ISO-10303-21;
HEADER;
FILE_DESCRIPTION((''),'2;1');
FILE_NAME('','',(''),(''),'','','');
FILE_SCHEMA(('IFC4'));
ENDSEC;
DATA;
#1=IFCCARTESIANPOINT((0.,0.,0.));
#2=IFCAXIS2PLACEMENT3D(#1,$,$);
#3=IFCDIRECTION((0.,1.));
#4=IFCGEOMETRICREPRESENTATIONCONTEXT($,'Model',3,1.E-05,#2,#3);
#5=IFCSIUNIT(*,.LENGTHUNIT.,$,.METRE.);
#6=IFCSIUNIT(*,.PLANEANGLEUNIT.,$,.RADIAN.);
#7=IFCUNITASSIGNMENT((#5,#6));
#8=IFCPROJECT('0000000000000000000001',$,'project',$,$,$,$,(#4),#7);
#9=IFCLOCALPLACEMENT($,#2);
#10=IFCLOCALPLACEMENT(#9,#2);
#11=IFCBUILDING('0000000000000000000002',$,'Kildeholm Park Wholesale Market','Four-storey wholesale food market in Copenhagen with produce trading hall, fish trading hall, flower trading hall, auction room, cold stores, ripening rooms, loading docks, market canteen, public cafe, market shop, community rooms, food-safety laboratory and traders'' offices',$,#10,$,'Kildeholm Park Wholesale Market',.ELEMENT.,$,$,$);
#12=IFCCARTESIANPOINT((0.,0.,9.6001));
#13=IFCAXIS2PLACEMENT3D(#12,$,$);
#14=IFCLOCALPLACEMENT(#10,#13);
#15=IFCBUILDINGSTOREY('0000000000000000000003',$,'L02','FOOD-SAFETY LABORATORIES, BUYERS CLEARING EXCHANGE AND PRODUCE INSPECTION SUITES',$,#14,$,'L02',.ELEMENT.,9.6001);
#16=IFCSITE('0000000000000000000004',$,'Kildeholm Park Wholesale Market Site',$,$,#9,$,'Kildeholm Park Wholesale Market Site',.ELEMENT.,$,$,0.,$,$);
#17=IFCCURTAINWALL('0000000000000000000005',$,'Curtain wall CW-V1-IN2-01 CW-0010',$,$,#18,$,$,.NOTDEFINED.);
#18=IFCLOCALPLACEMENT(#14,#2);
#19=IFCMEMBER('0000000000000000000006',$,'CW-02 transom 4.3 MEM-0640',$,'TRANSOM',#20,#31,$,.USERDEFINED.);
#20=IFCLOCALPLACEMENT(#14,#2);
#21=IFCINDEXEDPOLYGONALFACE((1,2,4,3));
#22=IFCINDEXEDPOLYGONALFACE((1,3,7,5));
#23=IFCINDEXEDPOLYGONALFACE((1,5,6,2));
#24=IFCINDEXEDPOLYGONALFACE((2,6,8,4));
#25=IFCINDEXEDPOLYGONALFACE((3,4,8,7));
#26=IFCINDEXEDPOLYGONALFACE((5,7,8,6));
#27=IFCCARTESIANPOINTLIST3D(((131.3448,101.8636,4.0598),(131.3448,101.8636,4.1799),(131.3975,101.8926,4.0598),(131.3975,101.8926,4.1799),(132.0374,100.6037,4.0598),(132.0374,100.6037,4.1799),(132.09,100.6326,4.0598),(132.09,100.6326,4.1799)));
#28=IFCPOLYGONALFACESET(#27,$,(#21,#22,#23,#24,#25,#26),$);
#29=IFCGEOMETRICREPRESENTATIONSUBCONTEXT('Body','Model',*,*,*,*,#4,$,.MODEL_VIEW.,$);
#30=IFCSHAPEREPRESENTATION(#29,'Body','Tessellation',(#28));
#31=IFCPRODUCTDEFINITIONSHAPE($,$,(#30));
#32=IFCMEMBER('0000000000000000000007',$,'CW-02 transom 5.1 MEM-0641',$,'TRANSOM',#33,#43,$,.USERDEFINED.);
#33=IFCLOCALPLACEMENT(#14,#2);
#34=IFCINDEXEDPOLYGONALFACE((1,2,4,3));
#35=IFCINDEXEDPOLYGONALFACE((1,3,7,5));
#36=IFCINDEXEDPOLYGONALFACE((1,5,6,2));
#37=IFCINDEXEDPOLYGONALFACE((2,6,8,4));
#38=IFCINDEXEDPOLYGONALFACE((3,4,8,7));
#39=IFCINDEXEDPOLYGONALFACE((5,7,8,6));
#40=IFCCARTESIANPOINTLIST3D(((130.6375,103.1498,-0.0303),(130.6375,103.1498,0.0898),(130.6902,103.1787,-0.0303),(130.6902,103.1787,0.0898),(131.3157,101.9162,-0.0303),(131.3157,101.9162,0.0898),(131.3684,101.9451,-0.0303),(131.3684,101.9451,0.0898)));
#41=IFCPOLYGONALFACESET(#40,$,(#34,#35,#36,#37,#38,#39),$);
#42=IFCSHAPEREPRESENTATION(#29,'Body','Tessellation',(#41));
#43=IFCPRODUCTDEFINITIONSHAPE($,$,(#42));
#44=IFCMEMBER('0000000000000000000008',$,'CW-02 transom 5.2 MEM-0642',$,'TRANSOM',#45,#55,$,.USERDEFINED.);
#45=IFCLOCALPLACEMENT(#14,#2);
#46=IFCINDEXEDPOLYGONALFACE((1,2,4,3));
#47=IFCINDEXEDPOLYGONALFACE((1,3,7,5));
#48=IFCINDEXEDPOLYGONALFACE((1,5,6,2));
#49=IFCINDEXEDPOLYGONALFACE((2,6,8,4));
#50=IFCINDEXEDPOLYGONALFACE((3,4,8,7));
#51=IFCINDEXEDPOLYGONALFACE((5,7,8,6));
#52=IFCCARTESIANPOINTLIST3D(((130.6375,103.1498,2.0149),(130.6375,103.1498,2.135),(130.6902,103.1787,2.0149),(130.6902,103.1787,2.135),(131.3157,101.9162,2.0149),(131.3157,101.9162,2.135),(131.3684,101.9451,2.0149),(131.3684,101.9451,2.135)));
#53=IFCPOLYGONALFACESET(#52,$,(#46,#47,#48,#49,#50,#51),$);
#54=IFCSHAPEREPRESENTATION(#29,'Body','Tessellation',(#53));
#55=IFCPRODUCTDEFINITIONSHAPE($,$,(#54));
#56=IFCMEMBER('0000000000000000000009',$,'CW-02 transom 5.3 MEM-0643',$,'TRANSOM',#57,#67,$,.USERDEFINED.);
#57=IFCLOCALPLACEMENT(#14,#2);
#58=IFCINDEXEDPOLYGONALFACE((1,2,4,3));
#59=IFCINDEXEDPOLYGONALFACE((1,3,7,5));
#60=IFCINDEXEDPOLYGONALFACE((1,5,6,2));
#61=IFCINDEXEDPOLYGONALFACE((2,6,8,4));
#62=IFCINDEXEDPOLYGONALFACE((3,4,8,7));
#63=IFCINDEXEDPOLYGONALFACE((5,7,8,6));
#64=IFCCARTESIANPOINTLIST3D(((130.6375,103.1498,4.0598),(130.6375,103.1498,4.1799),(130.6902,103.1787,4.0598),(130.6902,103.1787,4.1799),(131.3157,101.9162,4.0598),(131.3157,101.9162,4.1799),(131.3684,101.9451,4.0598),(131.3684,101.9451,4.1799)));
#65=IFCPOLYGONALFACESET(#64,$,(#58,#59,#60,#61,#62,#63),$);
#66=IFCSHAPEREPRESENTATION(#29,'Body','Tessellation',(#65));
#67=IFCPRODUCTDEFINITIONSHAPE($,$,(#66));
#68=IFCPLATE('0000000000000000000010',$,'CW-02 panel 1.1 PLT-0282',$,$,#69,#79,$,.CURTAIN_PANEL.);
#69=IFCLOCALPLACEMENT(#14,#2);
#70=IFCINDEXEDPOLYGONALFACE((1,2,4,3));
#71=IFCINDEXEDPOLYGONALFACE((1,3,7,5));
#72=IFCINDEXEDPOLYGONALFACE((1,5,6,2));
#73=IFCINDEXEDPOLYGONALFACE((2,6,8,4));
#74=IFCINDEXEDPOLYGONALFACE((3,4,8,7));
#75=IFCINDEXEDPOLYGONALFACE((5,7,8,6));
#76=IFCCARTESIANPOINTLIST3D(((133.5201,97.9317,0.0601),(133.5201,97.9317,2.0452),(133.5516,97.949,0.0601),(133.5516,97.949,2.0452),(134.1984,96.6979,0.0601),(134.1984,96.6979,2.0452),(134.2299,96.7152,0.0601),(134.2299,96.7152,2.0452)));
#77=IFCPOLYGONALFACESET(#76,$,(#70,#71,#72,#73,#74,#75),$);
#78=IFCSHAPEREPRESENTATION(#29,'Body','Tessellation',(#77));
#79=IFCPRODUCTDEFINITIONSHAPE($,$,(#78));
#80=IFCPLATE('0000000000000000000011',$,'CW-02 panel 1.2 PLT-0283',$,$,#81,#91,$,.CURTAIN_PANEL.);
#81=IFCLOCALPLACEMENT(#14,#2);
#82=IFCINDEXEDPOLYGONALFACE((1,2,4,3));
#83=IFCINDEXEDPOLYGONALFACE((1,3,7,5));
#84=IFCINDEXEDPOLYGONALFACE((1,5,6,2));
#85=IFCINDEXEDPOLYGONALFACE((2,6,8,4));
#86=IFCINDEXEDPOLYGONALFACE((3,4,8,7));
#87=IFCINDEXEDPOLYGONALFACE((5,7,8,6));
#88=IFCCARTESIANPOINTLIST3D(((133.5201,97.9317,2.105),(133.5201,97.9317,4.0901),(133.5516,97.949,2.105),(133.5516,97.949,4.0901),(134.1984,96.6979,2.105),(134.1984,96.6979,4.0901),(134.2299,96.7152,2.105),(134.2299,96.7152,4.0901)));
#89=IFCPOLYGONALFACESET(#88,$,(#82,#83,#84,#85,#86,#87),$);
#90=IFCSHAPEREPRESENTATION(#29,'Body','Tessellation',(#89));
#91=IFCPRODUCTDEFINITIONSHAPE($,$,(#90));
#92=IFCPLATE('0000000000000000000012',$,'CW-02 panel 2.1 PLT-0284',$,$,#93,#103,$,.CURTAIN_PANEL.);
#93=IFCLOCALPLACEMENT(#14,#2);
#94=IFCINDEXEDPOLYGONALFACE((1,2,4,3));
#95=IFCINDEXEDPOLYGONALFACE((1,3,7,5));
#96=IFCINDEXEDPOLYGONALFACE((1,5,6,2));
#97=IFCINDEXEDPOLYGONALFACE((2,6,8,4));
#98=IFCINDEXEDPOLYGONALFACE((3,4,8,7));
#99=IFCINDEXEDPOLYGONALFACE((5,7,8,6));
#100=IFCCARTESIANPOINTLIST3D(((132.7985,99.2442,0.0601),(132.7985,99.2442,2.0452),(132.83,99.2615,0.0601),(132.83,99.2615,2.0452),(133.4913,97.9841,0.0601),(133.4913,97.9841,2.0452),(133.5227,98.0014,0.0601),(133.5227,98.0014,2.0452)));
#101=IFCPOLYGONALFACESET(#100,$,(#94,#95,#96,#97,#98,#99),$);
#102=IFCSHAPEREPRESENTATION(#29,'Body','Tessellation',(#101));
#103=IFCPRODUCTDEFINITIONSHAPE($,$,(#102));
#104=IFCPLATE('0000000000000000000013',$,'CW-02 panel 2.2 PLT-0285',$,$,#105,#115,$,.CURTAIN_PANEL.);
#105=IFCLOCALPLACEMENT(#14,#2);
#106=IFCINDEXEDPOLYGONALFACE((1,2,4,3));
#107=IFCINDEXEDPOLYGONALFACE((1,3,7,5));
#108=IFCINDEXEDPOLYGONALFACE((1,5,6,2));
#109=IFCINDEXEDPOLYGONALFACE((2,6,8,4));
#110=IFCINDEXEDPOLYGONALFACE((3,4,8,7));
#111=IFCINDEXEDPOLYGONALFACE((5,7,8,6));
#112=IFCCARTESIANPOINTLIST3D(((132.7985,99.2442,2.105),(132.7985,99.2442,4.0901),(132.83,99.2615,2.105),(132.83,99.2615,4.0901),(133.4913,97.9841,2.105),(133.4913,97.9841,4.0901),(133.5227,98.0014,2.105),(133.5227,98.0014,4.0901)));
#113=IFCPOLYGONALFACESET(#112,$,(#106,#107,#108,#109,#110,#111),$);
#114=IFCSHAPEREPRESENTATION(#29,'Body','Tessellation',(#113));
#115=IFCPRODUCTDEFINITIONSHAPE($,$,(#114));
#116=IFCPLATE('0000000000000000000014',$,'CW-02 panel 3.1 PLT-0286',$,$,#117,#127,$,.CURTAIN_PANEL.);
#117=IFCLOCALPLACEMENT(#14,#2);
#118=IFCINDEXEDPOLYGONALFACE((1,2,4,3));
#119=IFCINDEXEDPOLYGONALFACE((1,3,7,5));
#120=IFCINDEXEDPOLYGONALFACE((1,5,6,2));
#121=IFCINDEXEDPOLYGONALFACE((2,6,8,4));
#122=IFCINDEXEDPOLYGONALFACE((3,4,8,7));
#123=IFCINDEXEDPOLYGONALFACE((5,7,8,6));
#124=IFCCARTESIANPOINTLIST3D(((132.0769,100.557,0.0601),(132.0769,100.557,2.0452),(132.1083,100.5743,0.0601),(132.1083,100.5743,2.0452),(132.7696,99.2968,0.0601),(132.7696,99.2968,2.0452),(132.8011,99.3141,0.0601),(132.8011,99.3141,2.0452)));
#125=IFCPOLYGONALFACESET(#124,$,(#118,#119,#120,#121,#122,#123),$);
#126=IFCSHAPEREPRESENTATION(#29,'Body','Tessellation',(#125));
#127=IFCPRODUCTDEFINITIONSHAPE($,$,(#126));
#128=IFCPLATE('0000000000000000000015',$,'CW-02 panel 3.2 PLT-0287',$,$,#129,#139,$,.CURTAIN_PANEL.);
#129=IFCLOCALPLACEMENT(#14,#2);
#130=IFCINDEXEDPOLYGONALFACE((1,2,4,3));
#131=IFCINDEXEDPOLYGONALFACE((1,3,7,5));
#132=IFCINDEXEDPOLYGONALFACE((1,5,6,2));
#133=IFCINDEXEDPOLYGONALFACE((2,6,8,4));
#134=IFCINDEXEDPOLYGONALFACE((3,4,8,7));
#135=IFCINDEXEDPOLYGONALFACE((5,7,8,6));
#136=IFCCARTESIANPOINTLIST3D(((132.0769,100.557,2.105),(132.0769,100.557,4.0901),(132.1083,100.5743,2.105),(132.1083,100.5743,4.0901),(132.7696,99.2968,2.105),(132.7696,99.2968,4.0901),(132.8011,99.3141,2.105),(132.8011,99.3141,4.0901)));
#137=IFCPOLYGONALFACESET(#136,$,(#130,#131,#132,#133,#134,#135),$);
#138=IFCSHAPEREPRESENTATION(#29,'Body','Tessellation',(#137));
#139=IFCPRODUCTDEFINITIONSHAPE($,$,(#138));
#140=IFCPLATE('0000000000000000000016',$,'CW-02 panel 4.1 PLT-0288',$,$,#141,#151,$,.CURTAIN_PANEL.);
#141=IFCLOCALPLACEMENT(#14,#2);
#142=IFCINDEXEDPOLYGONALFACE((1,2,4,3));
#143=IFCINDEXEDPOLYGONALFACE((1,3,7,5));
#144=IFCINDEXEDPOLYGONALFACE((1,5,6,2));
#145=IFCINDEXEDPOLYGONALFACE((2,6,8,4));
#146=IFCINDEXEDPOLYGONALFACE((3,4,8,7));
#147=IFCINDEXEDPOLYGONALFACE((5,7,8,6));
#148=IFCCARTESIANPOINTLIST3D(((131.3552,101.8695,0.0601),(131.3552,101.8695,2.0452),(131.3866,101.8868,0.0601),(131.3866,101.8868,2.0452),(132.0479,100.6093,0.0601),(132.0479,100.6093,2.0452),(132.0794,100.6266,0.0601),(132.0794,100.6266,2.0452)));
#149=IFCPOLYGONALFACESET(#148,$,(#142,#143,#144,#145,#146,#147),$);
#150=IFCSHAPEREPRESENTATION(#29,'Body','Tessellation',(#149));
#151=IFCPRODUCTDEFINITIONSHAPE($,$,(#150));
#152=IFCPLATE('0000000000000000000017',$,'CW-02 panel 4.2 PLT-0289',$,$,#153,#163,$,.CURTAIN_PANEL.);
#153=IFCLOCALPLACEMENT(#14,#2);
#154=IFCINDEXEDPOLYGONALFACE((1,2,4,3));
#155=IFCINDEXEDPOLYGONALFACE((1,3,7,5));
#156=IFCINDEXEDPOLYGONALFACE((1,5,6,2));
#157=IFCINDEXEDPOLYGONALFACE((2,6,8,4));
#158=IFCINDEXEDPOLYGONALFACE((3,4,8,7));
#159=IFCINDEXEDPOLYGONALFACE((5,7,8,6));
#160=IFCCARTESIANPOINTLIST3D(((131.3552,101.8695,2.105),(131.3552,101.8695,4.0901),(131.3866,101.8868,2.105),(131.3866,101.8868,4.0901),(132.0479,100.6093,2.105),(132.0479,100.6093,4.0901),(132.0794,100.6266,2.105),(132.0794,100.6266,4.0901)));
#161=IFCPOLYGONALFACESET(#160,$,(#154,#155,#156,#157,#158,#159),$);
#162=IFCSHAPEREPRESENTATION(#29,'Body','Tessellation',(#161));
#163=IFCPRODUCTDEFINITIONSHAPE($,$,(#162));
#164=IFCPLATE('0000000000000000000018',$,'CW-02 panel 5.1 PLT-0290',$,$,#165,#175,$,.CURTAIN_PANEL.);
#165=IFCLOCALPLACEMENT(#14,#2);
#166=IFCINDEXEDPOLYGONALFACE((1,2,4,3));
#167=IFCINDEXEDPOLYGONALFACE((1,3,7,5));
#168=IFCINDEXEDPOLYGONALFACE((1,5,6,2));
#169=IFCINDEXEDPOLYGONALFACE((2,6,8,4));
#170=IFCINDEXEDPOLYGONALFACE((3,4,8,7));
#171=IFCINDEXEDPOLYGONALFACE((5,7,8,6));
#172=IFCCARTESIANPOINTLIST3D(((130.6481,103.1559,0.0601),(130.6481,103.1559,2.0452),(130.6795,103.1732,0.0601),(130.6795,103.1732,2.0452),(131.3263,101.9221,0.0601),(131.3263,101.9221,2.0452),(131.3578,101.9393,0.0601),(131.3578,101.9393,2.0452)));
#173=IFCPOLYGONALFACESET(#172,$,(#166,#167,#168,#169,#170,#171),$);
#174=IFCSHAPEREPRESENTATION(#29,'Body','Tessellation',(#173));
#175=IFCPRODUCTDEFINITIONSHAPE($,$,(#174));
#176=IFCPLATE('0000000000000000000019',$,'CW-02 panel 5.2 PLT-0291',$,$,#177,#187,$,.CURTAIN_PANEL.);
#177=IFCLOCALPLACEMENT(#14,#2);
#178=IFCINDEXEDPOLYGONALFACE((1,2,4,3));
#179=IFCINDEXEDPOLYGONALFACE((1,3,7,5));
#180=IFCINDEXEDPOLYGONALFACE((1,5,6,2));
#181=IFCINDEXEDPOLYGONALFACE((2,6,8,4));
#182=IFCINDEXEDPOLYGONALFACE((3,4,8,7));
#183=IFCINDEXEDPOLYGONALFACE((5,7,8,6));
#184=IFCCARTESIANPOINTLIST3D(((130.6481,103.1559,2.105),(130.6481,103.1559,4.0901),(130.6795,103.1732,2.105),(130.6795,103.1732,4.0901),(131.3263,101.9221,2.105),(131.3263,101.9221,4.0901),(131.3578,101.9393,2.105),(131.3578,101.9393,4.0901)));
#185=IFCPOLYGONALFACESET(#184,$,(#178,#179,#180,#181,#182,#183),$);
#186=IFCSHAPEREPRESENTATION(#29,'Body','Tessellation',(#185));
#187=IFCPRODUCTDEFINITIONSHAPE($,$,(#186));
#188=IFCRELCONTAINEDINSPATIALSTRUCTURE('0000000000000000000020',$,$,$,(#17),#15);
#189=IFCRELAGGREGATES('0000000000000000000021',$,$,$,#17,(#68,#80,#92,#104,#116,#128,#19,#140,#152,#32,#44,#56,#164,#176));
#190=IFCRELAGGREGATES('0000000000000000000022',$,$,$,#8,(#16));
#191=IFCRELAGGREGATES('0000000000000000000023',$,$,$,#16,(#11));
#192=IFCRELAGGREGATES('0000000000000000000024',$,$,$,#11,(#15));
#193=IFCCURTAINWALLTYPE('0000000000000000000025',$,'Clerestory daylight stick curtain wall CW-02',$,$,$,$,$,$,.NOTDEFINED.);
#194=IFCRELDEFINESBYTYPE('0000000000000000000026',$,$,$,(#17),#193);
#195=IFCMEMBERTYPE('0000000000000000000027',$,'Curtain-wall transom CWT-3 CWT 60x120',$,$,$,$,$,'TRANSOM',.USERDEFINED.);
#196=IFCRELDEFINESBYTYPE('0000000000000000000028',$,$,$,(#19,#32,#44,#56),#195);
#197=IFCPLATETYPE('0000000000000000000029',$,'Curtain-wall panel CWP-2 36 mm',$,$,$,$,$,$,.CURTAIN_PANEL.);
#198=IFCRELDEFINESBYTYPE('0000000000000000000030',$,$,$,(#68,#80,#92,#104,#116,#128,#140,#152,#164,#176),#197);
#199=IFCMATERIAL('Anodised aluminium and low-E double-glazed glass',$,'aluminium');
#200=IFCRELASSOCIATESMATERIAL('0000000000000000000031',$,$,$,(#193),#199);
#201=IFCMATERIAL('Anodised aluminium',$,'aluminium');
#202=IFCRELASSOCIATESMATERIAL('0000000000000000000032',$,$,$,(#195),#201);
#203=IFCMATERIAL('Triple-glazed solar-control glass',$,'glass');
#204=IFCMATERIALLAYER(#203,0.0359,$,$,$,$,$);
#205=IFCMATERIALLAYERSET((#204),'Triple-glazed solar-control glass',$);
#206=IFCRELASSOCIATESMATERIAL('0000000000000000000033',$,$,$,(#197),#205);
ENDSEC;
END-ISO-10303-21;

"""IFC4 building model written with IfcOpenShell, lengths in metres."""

from ifc_helpers import new_model, si_unit, direction, frame, origin, origin_2d, place, context, subcontext, project, spatial, rectangle, extrude, material, layer, layer_set, material_profile, profile_set, type_object, element, aggregate, save


model = new_model("IFC4")

# Units and contexts
model_context = context("Model", 3, precision=1e-05, world=origin(), true_north=direction((0.0, 1.0)))
body_context = subcontext(model_context, "Body", "Model", "MODEL_VIEW")
ifc_project = project(units=[si_unit("LENGTHUNIT", "METRE"), si_unit("PLANEANGLEUNIT", "RADIAN")], contexts=[model_context])

# Site, building, storey
site_placement = place(None, origin())
site = spatial("IfcSite", under=ifc_project, at=site_placement, Name="Kildeholm Park Wholesale Market Site", LongName="Kildeholm Park Wholesale Market Site", CompositionType="ELEMENT", RefElevation=0.0)
building_placement = place(site_placement, origin())
building = spatial("IfcBuilding", under=site, at=building_placement, Name="Kildeholm Park Wholesale Market", Description="Four-storey wholesale food market in Copenhagen with produce trading hall, fish trading hall, flower trading hall, auction room, cold stores, ripening rooms, loading docks, market canteen, public cafe, market shop, community rooms, food-safety laboratory and traders' offices", LongName="Kildeholm Park Wholesale Market", CompositionType="ELEMENT")
storey_placement = place(building_placement, frame((0.0, 0.0, 9.6001)))
storey = spatial("IfcBuildingStorey", under=building, at=storey_placement, Name="L02", Description="FOOD-SAFETY LABORATORIES, BUYERS CLEARING EXCHANGE AND PRODUCE INSPECTION SUITES", LongName="L02", CompositionType="ELEMENT", Elevation=9.6001)

# Curtain wall, members, plates
ifc_material_1 = material(Name="Anodised aluminium and low-E double-glazed glass", Category="aluminium")
curtain_wall_type = type_object("IfcCurtainWallType", Name="Clerestory daylight stick curtain wall CW-02", PredefinedType="NOTDEFINED", material=ifc_material_1)
curtain_wall_placement = place(storey_placement, origin())
curtain_wall = element("IfcCurtainWall", 1, at=curtain_wall_placement, inside=storey, type_object=curtain_wall_type, Name="Curtain wall CW-V1-IN2-01 CW-0010", PredefinedType="NOTDEFINED")
ifc_material_2 = material(Name="Anodised aluminium", Category="aluminium")
ifc_material_profile_1 = material_profile(ifc_material_2, rectangle(XDim=0.0601, YDim=0.1201, at=origin_2d()), Name="CWT 60x120")
ifc_profile_set_1 = profile_set([ifc_material_profile_1], Name="Anodised aluminium")
member_type_1 = type_object("IfcMemberType", Name="Curtain-wall transom CWT-3 CWT 60x120", ElementType="TRANSOM", PredefinedType="USERDEFINED", material=ifc_profile_set_1)
member_1_placement = place(storey_placement, frame((132.0637, 100.6182, 4.1199), z_axis=(-0.481717, 0.876327, 0.0), x_axis=(-0.876327, -0.481717, 0.0)))
member_1 = element("IfcMember", 2, at=member_1_placement, type_object=member_type_1, Name="CW-02 transom 4.3 MEM-0640", ObjectType="TRANSOM", PredefinedType="USERDEFINED", context=body_context, shape_type="SweptSolid", body=[
    extrude(rectangle(XDim=0.0601, YDim=0.1201, at=origin_2d()), origin(), (0.0, 0.0, 1.0), 1.4377),
])
member_2_placement = place(storey_placement, frame((131.342, 101.9307, 0.0298), z_axis=(-0.481766, 0.8763, 0.0), x_axis=(-0.8763, -0.481766, 0.0)))
member_2 = element("IfcMember", 3, at=member_2_placement, type_object=member_type_1, Name="CW-02 transom 5.1 MEM-0641", ObjectType="TRANSOM", PredefinedType="USERDEFINED", context=body_context, shape_type="SweptSolid", body=[
    extrude(rectangle(XDim=0.0601, YDim=0.1201, at=origin_2d()), origin(), (0.0, 0.0, 1.0), 1.4077),
])
member_3_placement = place(storey_placement, frame((131.342, 101.9307, 2.075), z_axis=(-0.481766, 0.8763, 0.0), x_axis=(-0.8763, -0.481766, 0.0)))
member_3 = element("IfcMember", 4, at=member_3_placement, type_object=member_type_1, Name="CW-02 transom 5.2 MEM-0642", ObjectType="TRANSOM", PredefinedType="USERDEFINED", context=body_context, shape_type="SweptSolid", body=[
    extrude(rectangle(XDim=0.0601, YDim=0.1201, at=origin_2d()), origin(), (0.0, 0.0, 1.0), 1.4077),
])
member_4_placement = place(storey_placement, frame((131.342, 101.9307, 4.1199), z_axis=(-0.481766, 0.8763, 0.0), x_axis=(-0.8763, -0.481766, 0.0)))
member_4 = element("IfcMember", 5, at=member_4_placement, type_object=member_type_1, Name="CW-02 transom 5.3 MEM-0643", ObjectType="TRANSOM", PredefinedType="USERDEFINED", context=body_context, shape_type="SweptSolid", body=[
    extrude(rectangle(XDim=0.0601, YDim=0.1201, at=origin_2d()), origin(), (0.0, 0.0, 1.0), 1.4077),
])
ifc_material_3 = material(Name="Triple-glazed solar-control glass", Category="glass")
ifc_layer = layer(ifc_material_3, 0.0359)
ifc_layer_set = layer_set([ifc_layer], Name="Triple-glazed solar-control glass")
plate_type = type_object("IfcPlateType", Name="Curtain-wall panel CWP-2 36 mm", PredefinedType="CURTAIN_PANEL", material=ifc_layer_set)
plate_1_placement = place(storey_placement, frame((133.875, 97.3235, 0.0601), z_axis=(0.0, 0.0, 1.0), x_axis=(-0.48175, 0.876309, 0.0)))
plate_1 = element("IfcPlate", 6, at=plate_1_placement, type_object=plate_type, Name="CW-02 panel 1.1 PLT-0282", PredefinedType="CURTAIN_PANEL", context=body_context, shape_type="SweptSolid", body=[
    extrude(rectangle(XDim=1.408, YDim=0.0359, at=origin_2d()), origin(), (0.0, 0.0, 1.0), 1.9851),
])
plate_2_placement = place(storey_placement, frame((133.875, 97.3235, 2.105), z_axis=(0.0, 0.0, 1.0), x_axis=(-0.48175, 0.876309, 0.0)))
plate_2 = element("IfcPlate", 7, at=plate_2_placement, type_object=plate_type, Name="CW-02 panel 1.2 PLT-0283", PredefinedType="CURTAIN_PANEL", context=body_context, shape_type="SweptSolid", body=[
    extrude(rectangle(XDim=1.408, YDim=0.0359, at=origin_2d()), origin(), (0.0, 0.0, 1.0), 1.9851),
])
plate_3_placement = place(storey_placement, frame((133.1606, 98.6228, 0.0601), z_axis=(0.0, 0.0, 1.0), x_axis=(-0.48175, 0.876309, 0.0)))
plate_3 = element("IfcPlate", 8, at=plate_3_placement, type_object=plate_type, Name="CW-02 panel 2.1 PLT-0284", PredefinedType="CURTAIN_PANEL", context=body_context, shape_type="SweptSolid", body=[
    extrude(rectangle(XDim=1.438, YDim=0.0359, at=origin_2d()), origin(), (0.0, 0.0, 1.0), 1.9851),
])
plate_4_placement = place(storey_placement, frame((133.1606, 98.6228, 2.105), z_axis=(0.0, 0.0, 1.0), x_axis=(-0.48175, 0.876309, 0.0)))
plate_4 = element("IfcPlate", 9, at=plate_4_placement, type_object=plate_type, Name="CW-02 panel 2.2 PLT-0285", PredefinedType="CURTAIN_PANEL", context=body_context, shape_type="SweptSolid", body=[
    extrude(rectangle(XDim=1.438, YDim=0.0359, at=origin_2d()), origin(), (0.0, 0.0, 1.0), 1.9851),
])
plate_5_placement = place(storey_placement, frame((132.439, 99.9355, 0.0601), z_axis=(0.0, 0.0, 1.0), x_axis=(-0.48175, 0.876309, 0.0)))
plate_5 = element("IfcPlate", 10, at=plate_5_placement, type_object=plate_type, Name="CW-02 panel 3.1 PLT-0286", PredefinedType="CURTAIN_PANEL", context=body_context, shape_type="SweptSolid", body=[
    extrude(rectangle(XDim=1.438, YDim=0.0359, at=origin_2d()), origin(), (0.0, 0.0, 1.0), 1.9851),
])
plate_6_placement = place(storey_placement, frame((132.439, 99.9355, 2.105), z_axis=(0.0, 0.0, 1.0), x_axis=(-0.48175, 0.876309, 0.0)))
plate_6 = element("IfcPlate", 11, at=plate_6_placement, type_object=plate_type, Name="CW-02 panel 3.2 PLT-0287", PredefinedType="CURTAIN_PANEL", context=body_context, shape_type="SweptSolid", body=[
    extrude(rectangle(XDim=1.438, YDim=0.0359, at=origin_2d()), origin(), (0.0, 0.0, 1.0), 1.9851),
])
plate_7_placement = place(storey_placement, frame((131.7173, 101.248, 0.0601), z_axis=(0.0, 0.0, 1.0), x_axis=(-0.48175, 0.876309, 0.0)))
plate_7 = element("IfcPlate", 12, at=plate_7_placement, type_object=plate_type, Name="CW-02 panel 4.1 PLT-0288", PredefinedType="CURTAIN_PANEL", context=body_context, shape_type="SweptSolid", body=[
    extrude(rectangle(XDim=1.438, YDim=0.0359, at=origin_2d()), origin(), (0.0, 0.0, 1.0), 1.9851),
])
plate_8_placement = place(storey_placement, frame((131.7173, 101.248, 2.105), z_axis=(0.0, 0.0, 1.0), x_axis=(-0.48175, 0.876309, 0.0)))
plate_8 = element("IfcPlate", 13, at=plate_8_placement, type_object=plate_type, Name="CW-02 panel 4.2 PLT-0289", PredefinedType="CURTAIN_PANEL", context=body_context, shape_type="SweptSolid", body=[
    extrude(rectangle(XDim=1.438, YDim=0.0359, at=origin_2d()), origin(), (0.0, 0.0, 1.0), 1.9851),
])
plate_9_placement = place(storey_placement, frame((131.0029, 102.5476, 0.0601), z_axis=(0.0, 0.0, 1.0), x_axis=(-0.48175, 0.876309, 0.0)))
plate_9 = element("IfcPlate", 14, at=plate_9_placement, type_object=plate_type, Name="CW-02 panel 5.1 PLT-0290", PredefinedType="CURTAIN_PANEL", context=body_context, shape_type="SweptSolid", body=[
    extrude(rectangle(XDim=1.408, YDim=0.0359, at=origin_2d()), origin(), (0.0, 0.0, 1.0), 1.9851),
])
plate_10_placement = place(storey_placement, frame((131.0029, 102.5476, 2.105), z_axis=(0.0, 0.0, 1.0), x_axis=(-0.48175, 0.876309, 0.0)))
plate_10 = element("IfcPlate", 15, at=plate_10_placement, type_object=plate_type, Name="CW-02 panel 5.2 PLT-0291", PredefinedType="CURTAIN_PANEL", context=body_context, shape_type="SweptSolid", body=[
    extrude(rectangle(XDim=1.408, YDim=0.0359, at=origin_2d()), origin(), (0.0, 0.0, 1.0), 1.9851),
])
aggregate(curtain_wall, [plate_1, plate_2, plate_3, plate_4, plate_5, plate_6, member_1, plate_7, plate_8, member_2, member_3, member_4, plate_9, plate_10])

save(model, "model.ifc")
